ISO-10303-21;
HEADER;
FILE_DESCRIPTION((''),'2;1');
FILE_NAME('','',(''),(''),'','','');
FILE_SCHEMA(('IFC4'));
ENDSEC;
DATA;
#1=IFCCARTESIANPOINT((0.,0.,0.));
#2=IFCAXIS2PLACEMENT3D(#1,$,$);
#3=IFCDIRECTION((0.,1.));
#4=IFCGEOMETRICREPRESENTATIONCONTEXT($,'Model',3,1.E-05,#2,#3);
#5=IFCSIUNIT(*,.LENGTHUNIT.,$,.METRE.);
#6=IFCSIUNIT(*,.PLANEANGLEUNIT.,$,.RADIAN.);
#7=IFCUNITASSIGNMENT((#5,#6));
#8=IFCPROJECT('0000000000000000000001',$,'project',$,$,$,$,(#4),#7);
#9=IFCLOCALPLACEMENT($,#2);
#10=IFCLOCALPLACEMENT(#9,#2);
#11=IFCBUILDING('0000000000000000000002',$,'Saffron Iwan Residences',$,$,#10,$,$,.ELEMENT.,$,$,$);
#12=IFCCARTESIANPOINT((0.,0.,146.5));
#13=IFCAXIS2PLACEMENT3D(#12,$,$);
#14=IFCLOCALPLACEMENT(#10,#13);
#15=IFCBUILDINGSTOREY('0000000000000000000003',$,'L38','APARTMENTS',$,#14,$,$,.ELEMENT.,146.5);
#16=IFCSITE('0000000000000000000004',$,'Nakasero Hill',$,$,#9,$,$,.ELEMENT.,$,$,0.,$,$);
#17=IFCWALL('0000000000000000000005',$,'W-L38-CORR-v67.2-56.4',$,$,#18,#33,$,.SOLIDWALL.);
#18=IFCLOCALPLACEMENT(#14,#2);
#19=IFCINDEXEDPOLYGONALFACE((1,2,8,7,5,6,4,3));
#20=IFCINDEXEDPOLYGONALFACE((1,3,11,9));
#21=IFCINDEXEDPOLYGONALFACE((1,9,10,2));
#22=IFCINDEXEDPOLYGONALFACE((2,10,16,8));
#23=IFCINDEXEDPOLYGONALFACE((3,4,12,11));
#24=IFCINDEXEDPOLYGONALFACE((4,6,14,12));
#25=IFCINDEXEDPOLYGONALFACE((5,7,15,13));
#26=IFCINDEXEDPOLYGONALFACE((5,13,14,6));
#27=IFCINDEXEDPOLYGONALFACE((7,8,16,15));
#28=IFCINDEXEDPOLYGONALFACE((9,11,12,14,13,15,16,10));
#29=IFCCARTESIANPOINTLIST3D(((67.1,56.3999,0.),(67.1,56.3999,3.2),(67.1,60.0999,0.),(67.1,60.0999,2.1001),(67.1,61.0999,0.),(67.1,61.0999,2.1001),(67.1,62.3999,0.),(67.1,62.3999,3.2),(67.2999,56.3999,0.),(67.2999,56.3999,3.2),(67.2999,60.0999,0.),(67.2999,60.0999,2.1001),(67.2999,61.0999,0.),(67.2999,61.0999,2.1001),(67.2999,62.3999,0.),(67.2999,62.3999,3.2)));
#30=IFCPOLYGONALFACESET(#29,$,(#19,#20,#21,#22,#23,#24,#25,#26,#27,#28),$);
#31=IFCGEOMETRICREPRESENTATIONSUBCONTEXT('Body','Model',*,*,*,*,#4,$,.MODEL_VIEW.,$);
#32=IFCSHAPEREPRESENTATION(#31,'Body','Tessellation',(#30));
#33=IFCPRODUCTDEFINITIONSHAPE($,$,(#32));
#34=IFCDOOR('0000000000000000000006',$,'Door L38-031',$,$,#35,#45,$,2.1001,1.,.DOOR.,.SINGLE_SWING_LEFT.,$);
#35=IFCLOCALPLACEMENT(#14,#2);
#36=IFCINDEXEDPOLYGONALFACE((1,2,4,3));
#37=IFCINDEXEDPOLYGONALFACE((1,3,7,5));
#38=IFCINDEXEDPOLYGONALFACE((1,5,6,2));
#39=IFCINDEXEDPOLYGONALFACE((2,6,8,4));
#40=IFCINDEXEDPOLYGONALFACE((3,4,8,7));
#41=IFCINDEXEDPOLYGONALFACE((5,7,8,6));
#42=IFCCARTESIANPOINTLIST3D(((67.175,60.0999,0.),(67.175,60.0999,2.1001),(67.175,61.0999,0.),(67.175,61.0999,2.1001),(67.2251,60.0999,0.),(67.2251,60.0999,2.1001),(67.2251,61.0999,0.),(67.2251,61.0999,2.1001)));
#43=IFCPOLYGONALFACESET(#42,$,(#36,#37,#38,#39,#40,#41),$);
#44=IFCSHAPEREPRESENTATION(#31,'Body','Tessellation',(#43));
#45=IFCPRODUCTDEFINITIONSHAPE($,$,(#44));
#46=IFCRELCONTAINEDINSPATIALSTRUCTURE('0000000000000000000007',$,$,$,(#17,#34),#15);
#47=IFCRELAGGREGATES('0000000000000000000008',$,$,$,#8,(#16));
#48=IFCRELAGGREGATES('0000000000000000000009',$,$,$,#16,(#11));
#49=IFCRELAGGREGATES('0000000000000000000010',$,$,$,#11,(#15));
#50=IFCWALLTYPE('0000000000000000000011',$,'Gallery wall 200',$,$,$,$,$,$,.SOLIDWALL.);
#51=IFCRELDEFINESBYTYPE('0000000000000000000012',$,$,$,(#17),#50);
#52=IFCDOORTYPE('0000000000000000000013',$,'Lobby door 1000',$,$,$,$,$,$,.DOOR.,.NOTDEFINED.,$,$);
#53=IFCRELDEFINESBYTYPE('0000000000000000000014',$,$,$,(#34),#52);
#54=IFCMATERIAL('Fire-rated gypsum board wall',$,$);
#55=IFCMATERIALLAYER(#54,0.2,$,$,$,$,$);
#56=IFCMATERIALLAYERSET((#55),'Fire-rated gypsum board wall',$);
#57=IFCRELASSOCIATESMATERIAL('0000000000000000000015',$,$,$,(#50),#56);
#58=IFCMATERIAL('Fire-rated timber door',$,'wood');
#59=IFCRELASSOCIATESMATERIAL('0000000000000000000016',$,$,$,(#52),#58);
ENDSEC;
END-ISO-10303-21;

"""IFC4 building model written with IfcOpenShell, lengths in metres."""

from ifc_helpers import new_model, si_unit, direction, frame, frame_2d, origin, place, context, subcontext, project, spatial, rectangle, extrude, material, layer, layer_set, type_object, element, fill, save


model = new_model("IFC4")

# Units and contexts
model_context = context("Model", 3, precision=1e-05, world=origin(), true_north=direction((0.0, 1.0)))
body_context = subcontext(model_context, "Body", "Model", "MODEL_VIEW")
ifc_project = project(units=[si_unit("LENGTHUNIT", "METRE"), si_unit("PLANEANGLEUNIT", "RADIAN")], contexts=[model_context])

# Site, building, storey
site_placement = place(None, origin())
site = spatial("IfcSite", under=ifc_project, at=site_placement, Name="Nakasero Hill", CompositionType="ELEMENT", RefElevation=0.0)
building_placement = place(site_placement, origin())
building = spatial("IfcBuilding", under=site, at=building_placement, Name="Saffron Iwan Residences", CompositionType="ELEMENT")
storey_placement = place(building_placement, frame((0.0, 0.0, 146.5)))
storey = spatial("IfcBuildingStorey", under=building, at=storey_placement, Name="L38", Description="APARTMENTS", CompositionType="ELEMENT", Elevation=146.5)

# Shared definitions
ifc_material_1 = material(Name="Fire-rated gypsum board wall")

# Wall, opening, door
ifc_layer_1 = layer(ifc_material_1, 0.2)
ifc_layer_set_1 = layer_set([ifc_layer_1], Name="Fire-rated gypsum board wall")
wall_type_1 = type_object("IfcWallType", Name="Gallery wall 200", PredefinedType="SOLIDWALL", material=ifc_layer_set_1)
wall_1_placement = place(storey_placement, frame((67.2, 56.3999, 0.0), z_axis=(0.0, 0.0, 1.0), x_axis=(0.0, 1.0, 0.0)))
wall_1 = element("IfcWall", 1, at=wall_1_placement, inside=storey, type_object=wall_type_1, Name="W-L38-CORR-v67.2-56.4", PredefinedType="SOLIDWALL", context=body_context, shape_type="SweptSolid", body=[
    extrude(rectangle(XDim=6.0, YDim=0.2, at=frame_2d((3.0, 0.0))), origin(), (0.0, 0.0, 1.0), 3.2),
])
opening_1_placement = place(wall_1_placement, frame((3.7, 0.0, 0.0)))
opening_1 = element("IfcOpeningElement", 2, at=opening_1_placement, cuts=wall_1, PredefinedType="OPENING", context=body_context, shape_type="SweptSolid", body=[
    extrude(rectangle(XDim=1.0, YDim=2.1001, at=frame_2d((0.5, 1.05))), frame((0.0, 0.1099, 0.0), z_axis=(0.0, -1.0, 0.0), x_axis=(1.0, 0.0, 0.0)), (0.0, 0.0, 1.0), 0.22),
])
ifc_material_2 = material(Name="Fire-rated timber door", Category="wood")
door_type_1 = type_object("IfcDoorType", Name="Lobby door 1000", OperationType="NOTDEFINED", PredefinedType="DOOR", material=ifc_material_2)
door_1_placement = place(opening_1_placement, origin())
door_1 = element("IfcDoor", 3, at=door_1_placement, inside=storey, type_object=door_type_1, Name="Door L38-031", OperationType="SINGLE_SWING_LEFT", OverallHeight=2.1001, OverallWidth=1.0, PredefinedType="DOOR", context=body_context, shape_type="SweptSolid", body=[
    extrude(rectangle(XDim=1.0, YDim=2.1001, at=frame_2d((0.5, 1.05))), frame((0.0, 0.0249, 0.0), z_axis=(0.0, -1.0, 0.0), x_axis=(1.0, 0.0, 0.0)), (0.0, 0.0, 1.0), 0.05),
])
fill(opening_1, door_1)

save(model, "model.ifc")
